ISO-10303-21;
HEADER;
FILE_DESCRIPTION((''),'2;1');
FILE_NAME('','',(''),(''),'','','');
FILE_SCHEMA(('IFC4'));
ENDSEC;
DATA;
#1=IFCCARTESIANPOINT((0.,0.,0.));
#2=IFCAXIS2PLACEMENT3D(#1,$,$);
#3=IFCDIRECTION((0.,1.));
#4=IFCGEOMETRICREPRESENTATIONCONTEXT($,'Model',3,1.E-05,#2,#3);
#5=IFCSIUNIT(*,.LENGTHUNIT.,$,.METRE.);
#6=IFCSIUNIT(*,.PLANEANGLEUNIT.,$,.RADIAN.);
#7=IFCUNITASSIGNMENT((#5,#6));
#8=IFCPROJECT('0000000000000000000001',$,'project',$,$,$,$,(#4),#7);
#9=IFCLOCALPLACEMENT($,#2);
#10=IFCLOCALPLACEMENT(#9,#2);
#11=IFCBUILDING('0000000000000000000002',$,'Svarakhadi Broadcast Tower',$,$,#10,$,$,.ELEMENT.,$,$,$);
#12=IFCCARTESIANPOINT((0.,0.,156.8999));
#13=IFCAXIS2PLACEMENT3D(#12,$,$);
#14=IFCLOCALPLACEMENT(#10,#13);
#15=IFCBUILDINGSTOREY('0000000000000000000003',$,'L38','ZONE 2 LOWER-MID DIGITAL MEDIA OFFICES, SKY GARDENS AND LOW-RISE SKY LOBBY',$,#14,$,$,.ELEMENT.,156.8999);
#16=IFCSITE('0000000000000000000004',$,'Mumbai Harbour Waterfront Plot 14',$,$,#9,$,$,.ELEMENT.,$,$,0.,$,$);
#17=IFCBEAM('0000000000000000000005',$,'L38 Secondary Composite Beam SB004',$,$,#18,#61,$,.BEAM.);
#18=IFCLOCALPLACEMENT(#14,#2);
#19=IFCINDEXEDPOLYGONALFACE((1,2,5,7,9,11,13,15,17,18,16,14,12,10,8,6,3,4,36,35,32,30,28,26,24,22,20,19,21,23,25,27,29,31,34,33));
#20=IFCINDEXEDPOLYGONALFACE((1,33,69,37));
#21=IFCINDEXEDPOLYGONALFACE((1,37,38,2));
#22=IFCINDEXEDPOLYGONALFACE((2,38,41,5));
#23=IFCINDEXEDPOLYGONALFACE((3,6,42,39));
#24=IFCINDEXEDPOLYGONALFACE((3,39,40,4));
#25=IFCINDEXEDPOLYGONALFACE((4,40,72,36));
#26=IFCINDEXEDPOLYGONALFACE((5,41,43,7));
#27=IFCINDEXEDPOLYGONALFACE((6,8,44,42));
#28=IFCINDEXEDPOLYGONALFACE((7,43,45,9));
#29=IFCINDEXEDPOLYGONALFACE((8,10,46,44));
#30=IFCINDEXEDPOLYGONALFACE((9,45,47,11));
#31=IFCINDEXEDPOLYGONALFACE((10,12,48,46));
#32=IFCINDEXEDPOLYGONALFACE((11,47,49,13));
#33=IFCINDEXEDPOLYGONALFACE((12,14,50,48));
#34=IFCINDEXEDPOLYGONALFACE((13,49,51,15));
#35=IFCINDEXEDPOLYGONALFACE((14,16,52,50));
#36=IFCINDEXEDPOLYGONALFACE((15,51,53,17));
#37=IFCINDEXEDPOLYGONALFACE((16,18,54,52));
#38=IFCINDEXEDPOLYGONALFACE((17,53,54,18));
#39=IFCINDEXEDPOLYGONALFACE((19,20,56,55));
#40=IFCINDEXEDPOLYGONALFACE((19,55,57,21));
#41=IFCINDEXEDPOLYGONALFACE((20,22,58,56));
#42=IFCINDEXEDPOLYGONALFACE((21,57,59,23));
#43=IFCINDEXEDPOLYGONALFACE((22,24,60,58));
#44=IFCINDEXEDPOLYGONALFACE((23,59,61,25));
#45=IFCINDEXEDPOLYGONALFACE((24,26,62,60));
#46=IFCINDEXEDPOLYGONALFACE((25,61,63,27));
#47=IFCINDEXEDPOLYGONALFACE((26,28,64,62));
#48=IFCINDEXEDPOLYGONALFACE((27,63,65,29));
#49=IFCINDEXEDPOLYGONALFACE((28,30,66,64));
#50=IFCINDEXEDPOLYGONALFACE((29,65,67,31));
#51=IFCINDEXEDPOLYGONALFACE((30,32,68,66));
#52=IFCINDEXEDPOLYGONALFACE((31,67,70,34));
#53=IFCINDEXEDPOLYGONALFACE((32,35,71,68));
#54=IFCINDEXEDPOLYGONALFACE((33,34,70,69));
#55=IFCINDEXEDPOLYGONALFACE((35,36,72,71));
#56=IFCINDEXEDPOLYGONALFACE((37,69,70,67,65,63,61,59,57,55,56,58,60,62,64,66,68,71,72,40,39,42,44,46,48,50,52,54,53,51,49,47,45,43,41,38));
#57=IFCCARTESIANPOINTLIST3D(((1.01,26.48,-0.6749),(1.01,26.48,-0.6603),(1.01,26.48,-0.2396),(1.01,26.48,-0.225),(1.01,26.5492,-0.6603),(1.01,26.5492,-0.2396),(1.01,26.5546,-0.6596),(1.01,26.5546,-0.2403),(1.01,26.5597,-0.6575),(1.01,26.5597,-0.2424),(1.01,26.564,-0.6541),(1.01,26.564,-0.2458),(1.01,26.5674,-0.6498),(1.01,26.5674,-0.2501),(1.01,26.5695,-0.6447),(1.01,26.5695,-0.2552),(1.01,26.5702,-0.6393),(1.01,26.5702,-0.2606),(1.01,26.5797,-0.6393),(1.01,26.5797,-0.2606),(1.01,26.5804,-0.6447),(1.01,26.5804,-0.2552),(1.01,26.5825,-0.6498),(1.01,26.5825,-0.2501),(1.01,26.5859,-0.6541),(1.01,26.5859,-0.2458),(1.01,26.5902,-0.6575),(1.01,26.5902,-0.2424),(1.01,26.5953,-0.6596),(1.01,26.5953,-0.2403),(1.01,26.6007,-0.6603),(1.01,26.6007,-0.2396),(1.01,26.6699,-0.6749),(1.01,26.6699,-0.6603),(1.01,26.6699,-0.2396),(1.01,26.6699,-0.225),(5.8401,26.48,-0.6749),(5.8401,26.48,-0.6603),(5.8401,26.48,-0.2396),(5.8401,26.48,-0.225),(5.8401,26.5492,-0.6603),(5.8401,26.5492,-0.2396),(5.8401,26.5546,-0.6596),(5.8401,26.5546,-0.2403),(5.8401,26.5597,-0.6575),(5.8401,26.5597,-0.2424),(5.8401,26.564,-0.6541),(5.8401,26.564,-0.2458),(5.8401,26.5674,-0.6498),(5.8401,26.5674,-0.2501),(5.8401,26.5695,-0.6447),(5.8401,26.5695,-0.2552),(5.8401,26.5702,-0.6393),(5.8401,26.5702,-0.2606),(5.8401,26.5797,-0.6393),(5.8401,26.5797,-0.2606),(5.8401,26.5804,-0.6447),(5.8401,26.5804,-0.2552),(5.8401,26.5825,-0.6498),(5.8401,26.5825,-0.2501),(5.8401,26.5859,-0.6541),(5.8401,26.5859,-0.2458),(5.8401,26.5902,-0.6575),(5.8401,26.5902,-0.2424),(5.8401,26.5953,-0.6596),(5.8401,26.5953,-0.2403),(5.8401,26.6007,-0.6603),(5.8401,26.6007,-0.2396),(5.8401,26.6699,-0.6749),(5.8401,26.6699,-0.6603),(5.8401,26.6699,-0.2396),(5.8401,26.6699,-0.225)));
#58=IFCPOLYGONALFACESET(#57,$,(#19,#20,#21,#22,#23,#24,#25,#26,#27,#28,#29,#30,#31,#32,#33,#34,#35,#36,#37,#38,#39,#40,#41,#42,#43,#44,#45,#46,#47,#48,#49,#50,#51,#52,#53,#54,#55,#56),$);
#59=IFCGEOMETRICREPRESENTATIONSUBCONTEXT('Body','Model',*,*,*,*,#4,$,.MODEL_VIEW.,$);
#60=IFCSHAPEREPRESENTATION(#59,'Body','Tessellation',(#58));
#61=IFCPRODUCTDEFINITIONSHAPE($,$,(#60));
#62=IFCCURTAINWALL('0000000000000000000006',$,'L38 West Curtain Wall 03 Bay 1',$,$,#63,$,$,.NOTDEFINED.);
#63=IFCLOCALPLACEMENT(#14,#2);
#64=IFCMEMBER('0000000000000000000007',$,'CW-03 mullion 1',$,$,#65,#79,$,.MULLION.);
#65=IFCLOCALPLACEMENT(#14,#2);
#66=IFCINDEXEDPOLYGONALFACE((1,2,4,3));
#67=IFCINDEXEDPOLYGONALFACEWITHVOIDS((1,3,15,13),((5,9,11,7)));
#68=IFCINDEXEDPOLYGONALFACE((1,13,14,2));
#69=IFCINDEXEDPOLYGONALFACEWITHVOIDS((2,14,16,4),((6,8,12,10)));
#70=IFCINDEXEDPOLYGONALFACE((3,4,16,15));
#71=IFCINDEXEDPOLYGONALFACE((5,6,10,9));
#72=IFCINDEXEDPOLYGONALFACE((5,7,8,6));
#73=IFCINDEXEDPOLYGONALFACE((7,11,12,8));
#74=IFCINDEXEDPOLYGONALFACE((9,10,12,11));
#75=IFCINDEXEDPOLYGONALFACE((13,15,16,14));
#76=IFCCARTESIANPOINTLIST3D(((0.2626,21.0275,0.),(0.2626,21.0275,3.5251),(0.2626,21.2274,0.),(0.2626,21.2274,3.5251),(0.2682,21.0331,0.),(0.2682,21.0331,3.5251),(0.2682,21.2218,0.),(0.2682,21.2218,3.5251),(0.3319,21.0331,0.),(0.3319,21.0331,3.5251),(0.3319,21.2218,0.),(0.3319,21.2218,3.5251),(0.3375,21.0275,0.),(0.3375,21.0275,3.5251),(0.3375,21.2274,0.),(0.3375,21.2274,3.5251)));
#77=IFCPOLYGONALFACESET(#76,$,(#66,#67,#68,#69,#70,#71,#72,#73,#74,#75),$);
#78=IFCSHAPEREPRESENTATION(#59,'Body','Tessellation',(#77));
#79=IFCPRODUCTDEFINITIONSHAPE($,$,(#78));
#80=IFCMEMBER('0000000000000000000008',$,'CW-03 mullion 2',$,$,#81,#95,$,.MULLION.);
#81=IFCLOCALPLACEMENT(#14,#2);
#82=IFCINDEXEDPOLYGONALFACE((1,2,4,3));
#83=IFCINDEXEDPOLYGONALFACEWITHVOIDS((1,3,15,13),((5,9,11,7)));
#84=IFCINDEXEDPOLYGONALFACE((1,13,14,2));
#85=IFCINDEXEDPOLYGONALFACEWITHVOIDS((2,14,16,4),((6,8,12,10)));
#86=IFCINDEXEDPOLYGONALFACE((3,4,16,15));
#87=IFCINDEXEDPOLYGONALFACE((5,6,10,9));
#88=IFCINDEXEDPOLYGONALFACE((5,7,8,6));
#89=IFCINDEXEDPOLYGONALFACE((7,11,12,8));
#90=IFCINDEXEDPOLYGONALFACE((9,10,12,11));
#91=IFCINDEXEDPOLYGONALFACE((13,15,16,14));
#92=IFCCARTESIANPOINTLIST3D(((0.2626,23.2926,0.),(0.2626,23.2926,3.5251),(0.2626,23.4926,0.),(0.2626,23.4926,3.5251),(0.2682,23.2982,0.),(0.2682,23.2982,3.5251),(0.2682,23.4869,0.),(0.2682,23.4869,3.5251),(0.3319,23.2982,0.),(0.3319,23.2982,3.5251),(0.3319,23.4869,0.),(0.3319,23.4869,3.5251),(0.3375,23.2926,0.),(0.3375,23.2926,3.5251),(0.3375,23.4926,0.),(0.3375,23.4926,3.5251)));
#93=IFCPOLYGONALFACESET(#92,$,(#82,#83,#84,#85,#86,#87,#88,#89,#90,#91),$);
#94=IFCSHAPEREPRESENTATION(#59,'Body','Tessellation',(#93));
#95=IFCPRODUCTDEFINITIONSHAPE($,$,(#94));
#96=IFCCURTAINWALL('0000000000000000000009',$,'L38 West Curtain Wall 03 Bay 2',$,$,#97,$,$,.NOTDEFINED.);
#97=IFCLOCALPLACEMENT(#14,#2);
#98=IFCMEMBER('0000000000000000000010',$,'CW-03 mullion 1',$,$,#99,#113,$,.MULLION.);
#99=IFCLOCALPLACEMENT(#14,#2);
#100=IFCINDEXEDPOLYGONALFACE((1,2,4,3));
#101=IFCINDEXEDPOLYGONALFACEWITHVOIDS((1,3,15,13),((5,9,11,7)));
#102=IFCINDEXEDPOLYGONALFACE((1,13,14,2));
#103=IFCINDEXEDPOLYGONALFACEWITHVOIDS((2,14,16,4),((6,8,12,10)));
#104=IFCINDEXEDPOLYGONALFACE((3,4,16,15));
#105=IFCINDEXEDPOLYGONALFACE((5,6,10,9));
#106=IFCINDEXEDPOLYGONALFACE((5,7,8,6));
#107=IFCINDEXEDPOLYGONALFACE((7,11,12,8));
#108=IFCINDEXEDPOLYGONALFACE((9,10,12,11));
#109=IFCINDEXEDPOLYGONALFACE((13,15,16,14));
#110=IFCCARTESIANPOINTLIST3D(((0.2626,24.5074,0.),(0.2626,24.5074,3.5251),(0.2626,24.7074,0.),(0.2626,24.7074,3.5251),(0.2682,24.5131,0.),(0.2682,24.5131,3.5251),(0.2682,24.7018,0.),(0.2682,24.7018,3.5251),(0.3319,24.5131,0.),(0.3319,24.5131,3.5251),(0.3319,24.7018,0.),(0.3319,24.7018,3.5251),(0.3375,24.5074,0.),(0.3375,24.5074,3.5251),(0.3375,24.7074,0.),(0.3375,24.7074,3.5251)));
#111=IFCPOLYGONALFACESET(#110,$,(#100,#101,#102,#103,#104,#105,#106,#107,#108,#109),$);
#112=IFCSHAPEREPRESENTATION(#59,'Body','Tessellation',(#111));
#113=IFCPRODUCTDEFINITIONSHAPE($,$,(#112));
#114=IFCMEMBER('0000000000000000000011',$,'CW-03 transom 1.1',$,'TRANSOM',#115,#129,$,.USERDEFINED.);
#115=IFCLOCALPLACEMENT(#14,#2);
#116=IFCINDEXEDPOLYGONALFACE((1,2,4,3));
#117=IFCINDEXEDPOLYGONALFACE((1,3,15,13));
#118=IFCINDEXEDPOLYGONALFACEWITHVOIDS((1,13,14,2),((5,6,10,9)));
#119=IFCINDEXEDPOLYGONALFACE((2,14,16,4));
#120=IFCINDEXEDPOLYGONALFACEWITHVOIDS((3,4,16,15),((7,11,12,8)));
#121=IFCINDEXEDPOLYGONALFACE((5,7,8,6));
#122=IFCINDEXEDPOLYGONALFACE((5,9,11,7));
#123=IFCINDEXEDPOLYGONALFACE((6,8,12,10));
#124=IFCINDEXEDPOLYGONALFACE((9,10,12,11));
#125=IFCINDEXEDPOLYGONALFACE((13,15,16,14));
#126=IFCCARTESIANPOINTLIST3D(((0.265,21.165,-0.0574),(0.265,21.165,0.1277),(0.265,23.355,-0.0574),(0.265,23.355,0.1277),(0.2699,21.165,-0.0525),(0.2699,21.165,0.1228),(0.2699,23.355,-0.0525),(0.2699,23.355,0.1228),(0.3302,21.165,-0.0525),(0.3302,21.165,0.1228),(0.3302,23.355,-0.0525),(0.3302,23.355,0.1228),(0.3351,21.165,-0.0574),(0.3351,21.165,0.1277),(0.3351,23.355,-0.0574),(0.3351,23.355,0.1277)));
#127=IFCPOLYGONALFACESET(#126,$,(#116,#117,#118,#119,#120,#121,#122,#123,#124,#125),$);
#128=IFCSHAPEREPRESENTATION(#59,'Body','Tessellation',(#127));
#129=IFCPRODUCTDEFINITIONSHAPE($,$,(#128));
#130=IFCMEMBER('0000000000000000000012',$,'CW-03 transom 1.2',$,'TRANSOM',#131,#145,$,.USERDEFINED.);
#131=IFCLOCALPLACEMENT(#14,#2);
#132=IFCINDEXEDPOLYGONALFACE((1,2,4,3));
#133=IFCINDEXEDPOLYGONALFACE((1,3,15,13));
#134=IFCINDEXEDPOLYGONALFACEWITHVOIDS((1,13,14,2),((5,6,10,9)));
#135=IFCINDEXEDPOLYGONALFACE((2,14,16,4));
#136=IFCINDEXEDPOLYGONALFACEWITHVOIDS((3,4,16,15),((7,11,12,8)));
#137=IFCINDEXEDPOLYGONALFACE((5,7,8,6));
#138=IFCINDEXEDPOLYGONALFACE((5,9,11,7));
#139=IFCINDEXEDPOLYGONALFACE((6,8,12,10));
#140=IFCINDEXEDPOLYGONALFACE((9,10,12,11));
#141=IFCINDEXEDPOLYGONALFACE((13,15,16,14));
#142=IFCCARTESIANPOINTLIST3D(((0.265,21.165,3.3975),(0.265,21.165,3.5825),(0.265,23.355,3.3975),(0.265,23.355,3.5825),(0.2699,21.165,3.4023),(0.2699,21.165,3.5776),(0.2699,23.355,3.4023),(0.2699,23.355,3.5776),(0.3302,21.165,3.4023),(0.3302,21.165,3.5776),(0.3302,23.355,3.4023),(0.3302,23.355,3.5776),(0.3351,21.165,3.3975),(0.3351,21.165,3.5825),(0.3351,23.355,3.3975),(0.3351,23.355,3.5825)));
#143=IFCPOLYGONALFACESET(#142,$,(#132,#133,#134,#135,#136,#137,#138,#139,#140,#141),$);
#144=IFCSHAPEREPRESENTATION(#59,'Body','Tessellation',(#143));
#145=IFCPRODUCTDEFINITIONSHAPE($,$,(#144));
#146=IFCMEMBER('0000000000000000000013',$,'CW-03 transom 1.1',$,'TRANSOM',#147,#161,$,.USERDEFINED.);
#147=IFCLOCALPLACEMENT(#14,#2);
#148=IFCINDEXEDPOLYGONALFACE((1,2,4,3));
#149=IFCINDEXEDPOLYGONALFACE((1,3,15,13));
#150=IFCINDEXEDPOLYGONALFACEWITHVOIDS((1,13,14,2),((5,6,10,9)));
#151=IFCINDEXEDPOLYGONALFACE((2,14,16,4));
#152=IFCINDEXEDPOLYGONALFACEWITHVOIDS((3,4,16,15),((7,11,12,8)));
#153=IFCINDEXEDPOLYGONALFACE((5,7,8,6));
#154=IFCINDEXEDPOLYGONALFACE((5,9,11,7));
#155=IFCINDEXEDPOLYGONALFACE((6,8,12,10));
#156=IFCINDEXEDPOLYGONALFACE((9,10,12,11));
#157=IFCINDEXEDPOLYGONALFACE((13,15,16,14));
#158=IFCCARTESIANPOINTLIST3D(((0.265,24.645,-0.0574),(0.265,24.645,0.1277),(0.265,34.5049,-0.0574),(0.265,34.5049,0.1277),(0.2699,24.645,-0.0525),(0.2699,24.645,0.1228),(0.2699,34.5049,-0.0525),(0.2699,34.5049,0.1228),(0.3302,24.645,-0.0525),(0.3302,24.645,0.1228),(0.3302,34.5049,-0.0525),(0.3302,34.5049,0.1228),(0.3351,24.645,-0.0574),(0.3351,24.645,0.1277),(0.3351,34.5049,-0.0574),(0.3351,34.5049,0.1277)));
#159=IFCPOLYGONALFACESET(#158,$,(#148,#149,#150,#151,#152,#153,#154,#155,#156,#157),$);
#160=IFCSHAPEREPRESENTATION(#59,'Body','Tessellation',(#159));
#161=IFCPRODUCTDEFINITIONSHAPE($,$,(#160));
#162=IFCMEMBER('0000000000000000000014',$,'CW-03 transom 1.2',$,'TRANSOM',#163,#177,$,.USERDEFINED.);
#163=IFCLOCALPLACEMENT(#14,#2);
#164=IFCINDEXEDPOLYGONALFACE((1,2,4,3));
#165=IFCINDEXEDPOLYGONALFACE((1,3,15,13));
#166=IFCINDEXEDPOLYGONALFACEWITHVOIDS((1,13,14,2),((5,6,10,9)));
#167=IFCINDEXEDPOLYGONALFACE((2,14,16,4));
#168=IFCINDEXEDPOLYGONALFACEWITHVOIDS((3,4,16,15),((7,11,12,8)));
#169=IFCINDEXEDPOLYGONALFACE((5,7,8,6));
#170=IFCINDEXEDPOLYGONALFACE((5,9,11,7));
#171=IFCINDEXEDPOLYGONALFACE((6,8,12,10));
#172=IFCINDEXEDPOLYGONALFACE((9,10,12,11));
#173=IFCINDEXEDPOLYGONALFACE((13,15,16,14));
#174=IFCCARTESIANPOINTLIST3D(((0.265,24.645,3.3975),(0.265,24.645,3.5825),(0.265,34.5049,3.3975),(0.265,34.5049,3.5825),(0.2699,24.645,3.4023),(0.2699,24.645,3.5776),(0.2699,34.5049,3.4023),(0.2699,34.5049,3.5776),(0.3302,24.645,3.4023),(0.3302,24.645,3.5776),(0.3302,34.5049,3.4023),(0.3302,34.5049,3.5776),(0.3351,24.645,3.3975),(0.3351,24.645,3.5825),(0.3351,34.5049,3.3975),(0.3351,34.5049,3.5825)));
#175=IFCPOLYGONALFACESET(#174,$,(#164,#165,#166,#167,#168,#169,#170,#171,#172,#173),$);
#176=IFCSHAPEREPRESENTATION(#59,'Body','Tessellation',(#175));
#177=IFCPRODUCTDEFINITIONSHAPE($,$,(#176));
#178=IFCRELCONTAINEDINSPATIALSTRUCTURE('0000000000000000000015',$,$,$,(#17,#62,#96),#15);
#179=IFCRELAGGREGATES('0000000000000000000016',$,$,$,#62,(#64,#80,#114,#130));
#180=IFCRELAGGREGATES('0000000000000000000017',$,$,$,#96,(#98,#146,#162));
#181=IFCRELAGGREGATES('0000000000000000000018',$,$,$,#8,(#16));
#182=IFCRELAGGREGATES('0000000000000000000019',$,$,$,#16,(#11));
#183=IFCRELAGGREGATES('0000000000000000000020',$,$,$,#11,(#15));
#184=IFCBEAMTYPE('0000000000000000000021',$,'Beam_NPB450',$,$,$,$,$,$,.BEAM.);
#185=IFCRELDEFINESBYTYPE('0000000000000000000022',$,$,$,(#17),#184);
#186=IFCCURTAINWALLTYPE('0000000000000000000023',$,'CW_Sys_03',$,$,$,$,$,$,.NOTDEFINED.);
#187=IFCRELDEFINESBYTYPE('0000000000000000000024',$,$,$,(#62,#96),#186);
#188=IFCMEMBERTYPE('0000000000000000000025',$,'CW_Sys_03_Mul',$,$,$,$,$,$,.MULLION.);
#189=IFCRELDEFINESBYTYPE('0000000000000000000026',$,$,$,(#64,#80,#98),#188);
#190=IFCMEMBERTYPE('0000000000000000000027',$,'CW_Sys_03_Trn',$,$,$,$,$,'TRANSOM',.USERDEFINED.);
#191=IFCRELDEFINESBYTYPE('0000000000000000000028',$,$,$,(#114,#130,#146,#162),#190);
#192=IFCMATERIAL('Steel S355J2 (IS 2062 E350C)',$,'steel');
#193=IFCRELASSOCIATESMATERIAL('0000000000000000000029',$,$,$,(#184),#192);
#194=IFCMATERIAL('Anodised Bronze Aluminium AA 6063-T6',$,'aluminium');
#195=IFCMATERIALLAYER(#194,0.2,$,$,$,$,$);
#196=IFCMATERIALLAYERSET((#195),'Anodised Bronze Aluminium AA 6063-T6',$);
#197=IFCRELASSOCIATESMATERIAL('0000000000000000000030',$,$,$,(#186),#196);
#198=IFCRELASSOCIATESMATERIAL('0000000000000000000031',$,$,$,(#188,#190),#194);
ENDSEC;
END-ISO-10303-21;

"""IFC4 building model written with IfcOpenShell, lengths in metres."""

from ifc_helpers import new_model, si_unit, direction, frame, origin, origin_2d, place, context, subcontext, project, spatial, hollow_rectangle, i_section, extrude, material, layer, layer_set, material_profile, profile_set, type_object, element, aggregate, save


model = new_model("IFC4")

# Units and contexts
model_context = context("Model", 3, precision=1e-05, world=origin(), true_north=direction((0.0, 1.0)))
body_context = subcontext(model_context, "Body", "Model", "MODEL_VIEW")
ifc_project = project(units=[si_unit("LENGTHUNIT", "METRE"), si_unit("PLANEANGLEUNIT", "RADIAN")], contexts=[model_context])

# Site, building, storey
site_placement = place(None, origin())
site = spatial("IfcSite", under=ifc_project, at=site_placement, Name="Mumbai Harbour Waterfront Plot 14", CompositionType="ELEMENT", RefElevation=0.0)
building_placement = place(site_placement, origin())
building = spatial("IfcBuilding", under=site, at=building_placement, Name="Svarakhadi Broadcast Tower", CompositionType="ELEMENT")
storey_placement = place(building_placement, frame((0.0, 0.0, 156.8999)))
storey = spatial("IfcBuildingStorey", under=building, at=storey_placement, Name="L38", Description="ZONE 2 LOWER-MID DIGITAL MEDIA OFFICES, SKY GARDENS AND LOW-RISE SKY LOBBY", CompositionType="ELEMENT", Elevation=156.8999)

# Beam
ifc_material_1 = material(Name="Steel S355J2 (IS 2062 E350C)", Category="steel")
ifc_material_profile_1 = material_profile(ifc_material_1, i_section(OverallWidth=0.1899, OverallDepth=0.45, WebThickness=0.0095, FlangeThickness=0.0146, FilletRadius=0.021, at=origin_2d()), Name="NPB 450x190x78")
ifc_profile_set_1 = profile_set([ifc_material_profile_1], Name="Steel S355J2 (IS 2062 E350C)")
beam_type_1 = type_object("IfcBeamType", Name="Beam_NPB450", PredefinedType="BEAM", material=ifc_profile_set_1)
for number, where, z_axis, x_axis, name in (
    (1, (1.01, 26.575, -0.45), (1.0, 0.0, 0.0), (0.0, 1.0, 0.0), "L38 Secondary Composite Beam SB004"),
):
    element("IfcBeam", number, at=place(storey_placement, frame(where, z_axis=z_axis, x_axis=x_axis)), inside=storey, type_object=beam_type_1, Name=name, PredefinedType="BEAM", context=body_context, shape_type="SweptSolid", body=[
        extrude(i_section(OverallWidth=0.1899, OverallDepth=0.45, WebThickness=0.0095, FlangeThickness=0.0146, FilletRadius=0.021, at=origin_2d()), origin(), (0.0, 0.0, 1.0), 4.8301),
    ])

# Curtain wall, members
ifc_material_2 = material(Name="Anodised Bronze Aluminium AA 6063-T6", Category="aluminium")
ifc_layer_1 = layer(ifc_material_2, 0.2)
ifc_layer_set_1 = layer_set([ifc_layer_1], Name="Anodised Bronze Aluminium AA 6063-T6")
curtain_wall_type = type_object("IfcCurtainWallType", Name="CW_Sys_03", PredefinedType="NOTDEFINED", material=ifc_layer_set_1)
curtain_wall_1_placement = place(storey_placement, origin())
curtain_wall_1 = element("IfcCurtainWall", 2, at=curtain_wall_1_placement, inside=storey, type_object=curtain_wall_type, Name="L38 West Curtain Wall 03 Bay 1", PredefinedType="NOTDEFINED")
ifc_material_profile_2 = material_profile(ifc_material_2, hollow_rectangle(XDim=0.075, YDim=0.2, WallThickness=0.0056, at=origin_2d()), Name="ALU MULLION 200x75x6")
ifc_profile_set_2 = profile_set([ifc_material_profile_2], Name="Anodised Bronze Aluminium AA 6063-T6")
member_type_1 = type_object("IfcMemberType", Name="CW_Sys_03_Mul", PredefinedType="MULLION", material=ifc_profile_set_2)
member_1_placement = place(storey_placement, frame((0.3, 21.1274, 0.0), z_axis=(0.0, 0.0, 1.0), x_axis=(-1.0, 0.0, 0.0)))
member_1 = element("IfcMember", 3, at=member_1_placement, type_object=member_type_1, Name="CW-03 mullion 1", PredefinedType="MULLION", context=body_context, shape_type="SweptSolid", body=[
    extrude(hollow_rectangle(XDim=0.075, YDim=0.2, WallThickness=0.0056, at=origin_2d()), origin(), (0.0, 0.0, 1.0), 3.5251),
])
member_2_placement = place(storey_placement, frame((0.3, 23.3926, 0.0), z_axis=(0.0, 0.0, 1.0), x_axis=(-1.0, 0.0, 0.0)))
member_2 = element("IfcMember", 4, at=member_2_placement, type_object=member_type_1, Name="CW-03 mullion 2", PredefinedType="MULLION", context=body_context, shape_type="SweptSolid", body=[
    extrude(hollow_rectangle(XDim=0.075, YDim=0.2, WallThickness=0.0056, at=origin_2d()), origin(), (0.0, 0.0, 1.0), 3.5251),
])

# Curtain wall, member
curtain_wall_2_placement = place(storey_placement, origin())
curtain_wall_2 = element("IfcCurtainWall", 5, at=curtain_wall_2_placement, inside=storey, type_object=curtain_wall_type, Name="L38 West Curtain Wall 03 Bay 2", PredefinedType="NOTDEFINED")
member_3_placement = place(storey_placement, frame((0.3, 24.6074, 0.0), z_axis=(0.0, 0.0, 1.0), x_axis=(-1.0, 0.0, 0.0)))
member_3 = element("IfcMember", 6, at=member_3_placement, type_object=member_type_1, Name="CW-03 mullion 1", PredefinedType="MULLION", context=body_context, shape_type="SweptSolid", body=[
    extrude(hollow_rectangle(XDim=0.075, YDim=0.2, WallThickness=0.0056, at=origin_2d()), origin(), (0.0, 0.0, 1.0), 3.5251),
])

# Members
ifc_material_profile_3 = material_profile(ifc_material_2, hollow_rectangle(XDim=0.0701, YDim=0.1851, WallThickness=0.0049, at=origin_2d()), Name="ALU TRANSOM 185x70x5")
ifc_profile_set_3 = profile_set([ifc_material_profile_3], Name="Anodised Bronze Aluminium AA 6063-T6")
member_type_2 = type_object("IfcMemberType", Name="CW_Sys_03_Trn", ElementType="TRANSOM", PredefinedType="USERDEFINED", material=ifc_profile_set_3)
member_4_placement = place(storey_placement, frame((0.3, 21.165, 0.0352), z_axis=(0.0, 1.0, 0.0), x_axis=(-1.0, 0.0, 0.0)))
member_4 = element("IfcMember", 7, at=member_4_placement, type_object=member_type_2, Name="CW-03 transom 1.1", ObjectType="TRANSOM", PredefinedType="USERDEFINED", context=body_context, shape_type="SweptSolid", body=[
    extrude(hollow_rectangle(XDim=0.0701, YDim=0.1851, WallThickness=0.0049, at=origin_2d()), origin(), (0.0, 0.0, 1.0), 2.1899),
])
member_5_placement = place(storey_placement, frame((0.3, 21.165, 3.49), z_axis=(0.0, 1.0, 0.0), x_axis=(-1.0, 0.0, 0.0)))
member_5 = element("IfcMember", 8, at=member_5_placement, type_object=member_type_2, Name="CW-03 transom 1.2", ObjectType="TRANSOM", PredefinedType="USERDEFINED", context=body_context, shape_type="SweptSolid", body=[
    extrude(hollow_rectangle(XDim=0.0701, YDim=0.1851, WallThickness=0.0049, at=origin_2d()), origin(), (0.0, 0.0, 1.0), 2.1899),
])
member_6_placement = place(storey_placement, frame((0.3, 24.645, 0.0352), z_axis=(0.0, 1.0, 0.0), x_axis=(-1.0, 0.0, 0.0)))
member_6 = element("IfcMember", 9, at=member_6_placement, type_object=member_type_2, Name="CW-03 transom 1.1", ObjectType="TRANSOM", PredefinedType="USERDEFINED", context=body_context, shape_type="SweptSolid", body=[
    extrude(hollow_rectangle(XDim=0.0701, YDim=0.1851, WallThickness=0.0049, at=origin_2d()), origin(), (0.0, 0.0, 1.0), 9.8599),
])
member_7_placement = place(storey_placement, frame((0.3, 24.645, 3.49), z_axis=(0.0, 1.0, 0.0), x_axis=(-1.0, 0.0, 0.0)))
member_7 = element("IfcMember", 10, at=member_7_placement, type_object=member_type_2, Name="CW-03 transom 1.2", ObjectType="TRANSOM", PredefinedType="USERDEFINED", context=body_context, shape_type="SweptSolid", body=[
    extrude(hollow_rectangle(XDim=0.0701, YDim=0.1851, WallThickness=0.0049, at=origin_2d()), origin(), (0.0, 0.0, 1.0), 9.8599),
])

aggregate(curtain_wall_1, [member_1, member_2, member_4, member_5])
aggregate(curtain_wall_2, [member_3, member_6, member_7])

save(model, "model.ifc")
